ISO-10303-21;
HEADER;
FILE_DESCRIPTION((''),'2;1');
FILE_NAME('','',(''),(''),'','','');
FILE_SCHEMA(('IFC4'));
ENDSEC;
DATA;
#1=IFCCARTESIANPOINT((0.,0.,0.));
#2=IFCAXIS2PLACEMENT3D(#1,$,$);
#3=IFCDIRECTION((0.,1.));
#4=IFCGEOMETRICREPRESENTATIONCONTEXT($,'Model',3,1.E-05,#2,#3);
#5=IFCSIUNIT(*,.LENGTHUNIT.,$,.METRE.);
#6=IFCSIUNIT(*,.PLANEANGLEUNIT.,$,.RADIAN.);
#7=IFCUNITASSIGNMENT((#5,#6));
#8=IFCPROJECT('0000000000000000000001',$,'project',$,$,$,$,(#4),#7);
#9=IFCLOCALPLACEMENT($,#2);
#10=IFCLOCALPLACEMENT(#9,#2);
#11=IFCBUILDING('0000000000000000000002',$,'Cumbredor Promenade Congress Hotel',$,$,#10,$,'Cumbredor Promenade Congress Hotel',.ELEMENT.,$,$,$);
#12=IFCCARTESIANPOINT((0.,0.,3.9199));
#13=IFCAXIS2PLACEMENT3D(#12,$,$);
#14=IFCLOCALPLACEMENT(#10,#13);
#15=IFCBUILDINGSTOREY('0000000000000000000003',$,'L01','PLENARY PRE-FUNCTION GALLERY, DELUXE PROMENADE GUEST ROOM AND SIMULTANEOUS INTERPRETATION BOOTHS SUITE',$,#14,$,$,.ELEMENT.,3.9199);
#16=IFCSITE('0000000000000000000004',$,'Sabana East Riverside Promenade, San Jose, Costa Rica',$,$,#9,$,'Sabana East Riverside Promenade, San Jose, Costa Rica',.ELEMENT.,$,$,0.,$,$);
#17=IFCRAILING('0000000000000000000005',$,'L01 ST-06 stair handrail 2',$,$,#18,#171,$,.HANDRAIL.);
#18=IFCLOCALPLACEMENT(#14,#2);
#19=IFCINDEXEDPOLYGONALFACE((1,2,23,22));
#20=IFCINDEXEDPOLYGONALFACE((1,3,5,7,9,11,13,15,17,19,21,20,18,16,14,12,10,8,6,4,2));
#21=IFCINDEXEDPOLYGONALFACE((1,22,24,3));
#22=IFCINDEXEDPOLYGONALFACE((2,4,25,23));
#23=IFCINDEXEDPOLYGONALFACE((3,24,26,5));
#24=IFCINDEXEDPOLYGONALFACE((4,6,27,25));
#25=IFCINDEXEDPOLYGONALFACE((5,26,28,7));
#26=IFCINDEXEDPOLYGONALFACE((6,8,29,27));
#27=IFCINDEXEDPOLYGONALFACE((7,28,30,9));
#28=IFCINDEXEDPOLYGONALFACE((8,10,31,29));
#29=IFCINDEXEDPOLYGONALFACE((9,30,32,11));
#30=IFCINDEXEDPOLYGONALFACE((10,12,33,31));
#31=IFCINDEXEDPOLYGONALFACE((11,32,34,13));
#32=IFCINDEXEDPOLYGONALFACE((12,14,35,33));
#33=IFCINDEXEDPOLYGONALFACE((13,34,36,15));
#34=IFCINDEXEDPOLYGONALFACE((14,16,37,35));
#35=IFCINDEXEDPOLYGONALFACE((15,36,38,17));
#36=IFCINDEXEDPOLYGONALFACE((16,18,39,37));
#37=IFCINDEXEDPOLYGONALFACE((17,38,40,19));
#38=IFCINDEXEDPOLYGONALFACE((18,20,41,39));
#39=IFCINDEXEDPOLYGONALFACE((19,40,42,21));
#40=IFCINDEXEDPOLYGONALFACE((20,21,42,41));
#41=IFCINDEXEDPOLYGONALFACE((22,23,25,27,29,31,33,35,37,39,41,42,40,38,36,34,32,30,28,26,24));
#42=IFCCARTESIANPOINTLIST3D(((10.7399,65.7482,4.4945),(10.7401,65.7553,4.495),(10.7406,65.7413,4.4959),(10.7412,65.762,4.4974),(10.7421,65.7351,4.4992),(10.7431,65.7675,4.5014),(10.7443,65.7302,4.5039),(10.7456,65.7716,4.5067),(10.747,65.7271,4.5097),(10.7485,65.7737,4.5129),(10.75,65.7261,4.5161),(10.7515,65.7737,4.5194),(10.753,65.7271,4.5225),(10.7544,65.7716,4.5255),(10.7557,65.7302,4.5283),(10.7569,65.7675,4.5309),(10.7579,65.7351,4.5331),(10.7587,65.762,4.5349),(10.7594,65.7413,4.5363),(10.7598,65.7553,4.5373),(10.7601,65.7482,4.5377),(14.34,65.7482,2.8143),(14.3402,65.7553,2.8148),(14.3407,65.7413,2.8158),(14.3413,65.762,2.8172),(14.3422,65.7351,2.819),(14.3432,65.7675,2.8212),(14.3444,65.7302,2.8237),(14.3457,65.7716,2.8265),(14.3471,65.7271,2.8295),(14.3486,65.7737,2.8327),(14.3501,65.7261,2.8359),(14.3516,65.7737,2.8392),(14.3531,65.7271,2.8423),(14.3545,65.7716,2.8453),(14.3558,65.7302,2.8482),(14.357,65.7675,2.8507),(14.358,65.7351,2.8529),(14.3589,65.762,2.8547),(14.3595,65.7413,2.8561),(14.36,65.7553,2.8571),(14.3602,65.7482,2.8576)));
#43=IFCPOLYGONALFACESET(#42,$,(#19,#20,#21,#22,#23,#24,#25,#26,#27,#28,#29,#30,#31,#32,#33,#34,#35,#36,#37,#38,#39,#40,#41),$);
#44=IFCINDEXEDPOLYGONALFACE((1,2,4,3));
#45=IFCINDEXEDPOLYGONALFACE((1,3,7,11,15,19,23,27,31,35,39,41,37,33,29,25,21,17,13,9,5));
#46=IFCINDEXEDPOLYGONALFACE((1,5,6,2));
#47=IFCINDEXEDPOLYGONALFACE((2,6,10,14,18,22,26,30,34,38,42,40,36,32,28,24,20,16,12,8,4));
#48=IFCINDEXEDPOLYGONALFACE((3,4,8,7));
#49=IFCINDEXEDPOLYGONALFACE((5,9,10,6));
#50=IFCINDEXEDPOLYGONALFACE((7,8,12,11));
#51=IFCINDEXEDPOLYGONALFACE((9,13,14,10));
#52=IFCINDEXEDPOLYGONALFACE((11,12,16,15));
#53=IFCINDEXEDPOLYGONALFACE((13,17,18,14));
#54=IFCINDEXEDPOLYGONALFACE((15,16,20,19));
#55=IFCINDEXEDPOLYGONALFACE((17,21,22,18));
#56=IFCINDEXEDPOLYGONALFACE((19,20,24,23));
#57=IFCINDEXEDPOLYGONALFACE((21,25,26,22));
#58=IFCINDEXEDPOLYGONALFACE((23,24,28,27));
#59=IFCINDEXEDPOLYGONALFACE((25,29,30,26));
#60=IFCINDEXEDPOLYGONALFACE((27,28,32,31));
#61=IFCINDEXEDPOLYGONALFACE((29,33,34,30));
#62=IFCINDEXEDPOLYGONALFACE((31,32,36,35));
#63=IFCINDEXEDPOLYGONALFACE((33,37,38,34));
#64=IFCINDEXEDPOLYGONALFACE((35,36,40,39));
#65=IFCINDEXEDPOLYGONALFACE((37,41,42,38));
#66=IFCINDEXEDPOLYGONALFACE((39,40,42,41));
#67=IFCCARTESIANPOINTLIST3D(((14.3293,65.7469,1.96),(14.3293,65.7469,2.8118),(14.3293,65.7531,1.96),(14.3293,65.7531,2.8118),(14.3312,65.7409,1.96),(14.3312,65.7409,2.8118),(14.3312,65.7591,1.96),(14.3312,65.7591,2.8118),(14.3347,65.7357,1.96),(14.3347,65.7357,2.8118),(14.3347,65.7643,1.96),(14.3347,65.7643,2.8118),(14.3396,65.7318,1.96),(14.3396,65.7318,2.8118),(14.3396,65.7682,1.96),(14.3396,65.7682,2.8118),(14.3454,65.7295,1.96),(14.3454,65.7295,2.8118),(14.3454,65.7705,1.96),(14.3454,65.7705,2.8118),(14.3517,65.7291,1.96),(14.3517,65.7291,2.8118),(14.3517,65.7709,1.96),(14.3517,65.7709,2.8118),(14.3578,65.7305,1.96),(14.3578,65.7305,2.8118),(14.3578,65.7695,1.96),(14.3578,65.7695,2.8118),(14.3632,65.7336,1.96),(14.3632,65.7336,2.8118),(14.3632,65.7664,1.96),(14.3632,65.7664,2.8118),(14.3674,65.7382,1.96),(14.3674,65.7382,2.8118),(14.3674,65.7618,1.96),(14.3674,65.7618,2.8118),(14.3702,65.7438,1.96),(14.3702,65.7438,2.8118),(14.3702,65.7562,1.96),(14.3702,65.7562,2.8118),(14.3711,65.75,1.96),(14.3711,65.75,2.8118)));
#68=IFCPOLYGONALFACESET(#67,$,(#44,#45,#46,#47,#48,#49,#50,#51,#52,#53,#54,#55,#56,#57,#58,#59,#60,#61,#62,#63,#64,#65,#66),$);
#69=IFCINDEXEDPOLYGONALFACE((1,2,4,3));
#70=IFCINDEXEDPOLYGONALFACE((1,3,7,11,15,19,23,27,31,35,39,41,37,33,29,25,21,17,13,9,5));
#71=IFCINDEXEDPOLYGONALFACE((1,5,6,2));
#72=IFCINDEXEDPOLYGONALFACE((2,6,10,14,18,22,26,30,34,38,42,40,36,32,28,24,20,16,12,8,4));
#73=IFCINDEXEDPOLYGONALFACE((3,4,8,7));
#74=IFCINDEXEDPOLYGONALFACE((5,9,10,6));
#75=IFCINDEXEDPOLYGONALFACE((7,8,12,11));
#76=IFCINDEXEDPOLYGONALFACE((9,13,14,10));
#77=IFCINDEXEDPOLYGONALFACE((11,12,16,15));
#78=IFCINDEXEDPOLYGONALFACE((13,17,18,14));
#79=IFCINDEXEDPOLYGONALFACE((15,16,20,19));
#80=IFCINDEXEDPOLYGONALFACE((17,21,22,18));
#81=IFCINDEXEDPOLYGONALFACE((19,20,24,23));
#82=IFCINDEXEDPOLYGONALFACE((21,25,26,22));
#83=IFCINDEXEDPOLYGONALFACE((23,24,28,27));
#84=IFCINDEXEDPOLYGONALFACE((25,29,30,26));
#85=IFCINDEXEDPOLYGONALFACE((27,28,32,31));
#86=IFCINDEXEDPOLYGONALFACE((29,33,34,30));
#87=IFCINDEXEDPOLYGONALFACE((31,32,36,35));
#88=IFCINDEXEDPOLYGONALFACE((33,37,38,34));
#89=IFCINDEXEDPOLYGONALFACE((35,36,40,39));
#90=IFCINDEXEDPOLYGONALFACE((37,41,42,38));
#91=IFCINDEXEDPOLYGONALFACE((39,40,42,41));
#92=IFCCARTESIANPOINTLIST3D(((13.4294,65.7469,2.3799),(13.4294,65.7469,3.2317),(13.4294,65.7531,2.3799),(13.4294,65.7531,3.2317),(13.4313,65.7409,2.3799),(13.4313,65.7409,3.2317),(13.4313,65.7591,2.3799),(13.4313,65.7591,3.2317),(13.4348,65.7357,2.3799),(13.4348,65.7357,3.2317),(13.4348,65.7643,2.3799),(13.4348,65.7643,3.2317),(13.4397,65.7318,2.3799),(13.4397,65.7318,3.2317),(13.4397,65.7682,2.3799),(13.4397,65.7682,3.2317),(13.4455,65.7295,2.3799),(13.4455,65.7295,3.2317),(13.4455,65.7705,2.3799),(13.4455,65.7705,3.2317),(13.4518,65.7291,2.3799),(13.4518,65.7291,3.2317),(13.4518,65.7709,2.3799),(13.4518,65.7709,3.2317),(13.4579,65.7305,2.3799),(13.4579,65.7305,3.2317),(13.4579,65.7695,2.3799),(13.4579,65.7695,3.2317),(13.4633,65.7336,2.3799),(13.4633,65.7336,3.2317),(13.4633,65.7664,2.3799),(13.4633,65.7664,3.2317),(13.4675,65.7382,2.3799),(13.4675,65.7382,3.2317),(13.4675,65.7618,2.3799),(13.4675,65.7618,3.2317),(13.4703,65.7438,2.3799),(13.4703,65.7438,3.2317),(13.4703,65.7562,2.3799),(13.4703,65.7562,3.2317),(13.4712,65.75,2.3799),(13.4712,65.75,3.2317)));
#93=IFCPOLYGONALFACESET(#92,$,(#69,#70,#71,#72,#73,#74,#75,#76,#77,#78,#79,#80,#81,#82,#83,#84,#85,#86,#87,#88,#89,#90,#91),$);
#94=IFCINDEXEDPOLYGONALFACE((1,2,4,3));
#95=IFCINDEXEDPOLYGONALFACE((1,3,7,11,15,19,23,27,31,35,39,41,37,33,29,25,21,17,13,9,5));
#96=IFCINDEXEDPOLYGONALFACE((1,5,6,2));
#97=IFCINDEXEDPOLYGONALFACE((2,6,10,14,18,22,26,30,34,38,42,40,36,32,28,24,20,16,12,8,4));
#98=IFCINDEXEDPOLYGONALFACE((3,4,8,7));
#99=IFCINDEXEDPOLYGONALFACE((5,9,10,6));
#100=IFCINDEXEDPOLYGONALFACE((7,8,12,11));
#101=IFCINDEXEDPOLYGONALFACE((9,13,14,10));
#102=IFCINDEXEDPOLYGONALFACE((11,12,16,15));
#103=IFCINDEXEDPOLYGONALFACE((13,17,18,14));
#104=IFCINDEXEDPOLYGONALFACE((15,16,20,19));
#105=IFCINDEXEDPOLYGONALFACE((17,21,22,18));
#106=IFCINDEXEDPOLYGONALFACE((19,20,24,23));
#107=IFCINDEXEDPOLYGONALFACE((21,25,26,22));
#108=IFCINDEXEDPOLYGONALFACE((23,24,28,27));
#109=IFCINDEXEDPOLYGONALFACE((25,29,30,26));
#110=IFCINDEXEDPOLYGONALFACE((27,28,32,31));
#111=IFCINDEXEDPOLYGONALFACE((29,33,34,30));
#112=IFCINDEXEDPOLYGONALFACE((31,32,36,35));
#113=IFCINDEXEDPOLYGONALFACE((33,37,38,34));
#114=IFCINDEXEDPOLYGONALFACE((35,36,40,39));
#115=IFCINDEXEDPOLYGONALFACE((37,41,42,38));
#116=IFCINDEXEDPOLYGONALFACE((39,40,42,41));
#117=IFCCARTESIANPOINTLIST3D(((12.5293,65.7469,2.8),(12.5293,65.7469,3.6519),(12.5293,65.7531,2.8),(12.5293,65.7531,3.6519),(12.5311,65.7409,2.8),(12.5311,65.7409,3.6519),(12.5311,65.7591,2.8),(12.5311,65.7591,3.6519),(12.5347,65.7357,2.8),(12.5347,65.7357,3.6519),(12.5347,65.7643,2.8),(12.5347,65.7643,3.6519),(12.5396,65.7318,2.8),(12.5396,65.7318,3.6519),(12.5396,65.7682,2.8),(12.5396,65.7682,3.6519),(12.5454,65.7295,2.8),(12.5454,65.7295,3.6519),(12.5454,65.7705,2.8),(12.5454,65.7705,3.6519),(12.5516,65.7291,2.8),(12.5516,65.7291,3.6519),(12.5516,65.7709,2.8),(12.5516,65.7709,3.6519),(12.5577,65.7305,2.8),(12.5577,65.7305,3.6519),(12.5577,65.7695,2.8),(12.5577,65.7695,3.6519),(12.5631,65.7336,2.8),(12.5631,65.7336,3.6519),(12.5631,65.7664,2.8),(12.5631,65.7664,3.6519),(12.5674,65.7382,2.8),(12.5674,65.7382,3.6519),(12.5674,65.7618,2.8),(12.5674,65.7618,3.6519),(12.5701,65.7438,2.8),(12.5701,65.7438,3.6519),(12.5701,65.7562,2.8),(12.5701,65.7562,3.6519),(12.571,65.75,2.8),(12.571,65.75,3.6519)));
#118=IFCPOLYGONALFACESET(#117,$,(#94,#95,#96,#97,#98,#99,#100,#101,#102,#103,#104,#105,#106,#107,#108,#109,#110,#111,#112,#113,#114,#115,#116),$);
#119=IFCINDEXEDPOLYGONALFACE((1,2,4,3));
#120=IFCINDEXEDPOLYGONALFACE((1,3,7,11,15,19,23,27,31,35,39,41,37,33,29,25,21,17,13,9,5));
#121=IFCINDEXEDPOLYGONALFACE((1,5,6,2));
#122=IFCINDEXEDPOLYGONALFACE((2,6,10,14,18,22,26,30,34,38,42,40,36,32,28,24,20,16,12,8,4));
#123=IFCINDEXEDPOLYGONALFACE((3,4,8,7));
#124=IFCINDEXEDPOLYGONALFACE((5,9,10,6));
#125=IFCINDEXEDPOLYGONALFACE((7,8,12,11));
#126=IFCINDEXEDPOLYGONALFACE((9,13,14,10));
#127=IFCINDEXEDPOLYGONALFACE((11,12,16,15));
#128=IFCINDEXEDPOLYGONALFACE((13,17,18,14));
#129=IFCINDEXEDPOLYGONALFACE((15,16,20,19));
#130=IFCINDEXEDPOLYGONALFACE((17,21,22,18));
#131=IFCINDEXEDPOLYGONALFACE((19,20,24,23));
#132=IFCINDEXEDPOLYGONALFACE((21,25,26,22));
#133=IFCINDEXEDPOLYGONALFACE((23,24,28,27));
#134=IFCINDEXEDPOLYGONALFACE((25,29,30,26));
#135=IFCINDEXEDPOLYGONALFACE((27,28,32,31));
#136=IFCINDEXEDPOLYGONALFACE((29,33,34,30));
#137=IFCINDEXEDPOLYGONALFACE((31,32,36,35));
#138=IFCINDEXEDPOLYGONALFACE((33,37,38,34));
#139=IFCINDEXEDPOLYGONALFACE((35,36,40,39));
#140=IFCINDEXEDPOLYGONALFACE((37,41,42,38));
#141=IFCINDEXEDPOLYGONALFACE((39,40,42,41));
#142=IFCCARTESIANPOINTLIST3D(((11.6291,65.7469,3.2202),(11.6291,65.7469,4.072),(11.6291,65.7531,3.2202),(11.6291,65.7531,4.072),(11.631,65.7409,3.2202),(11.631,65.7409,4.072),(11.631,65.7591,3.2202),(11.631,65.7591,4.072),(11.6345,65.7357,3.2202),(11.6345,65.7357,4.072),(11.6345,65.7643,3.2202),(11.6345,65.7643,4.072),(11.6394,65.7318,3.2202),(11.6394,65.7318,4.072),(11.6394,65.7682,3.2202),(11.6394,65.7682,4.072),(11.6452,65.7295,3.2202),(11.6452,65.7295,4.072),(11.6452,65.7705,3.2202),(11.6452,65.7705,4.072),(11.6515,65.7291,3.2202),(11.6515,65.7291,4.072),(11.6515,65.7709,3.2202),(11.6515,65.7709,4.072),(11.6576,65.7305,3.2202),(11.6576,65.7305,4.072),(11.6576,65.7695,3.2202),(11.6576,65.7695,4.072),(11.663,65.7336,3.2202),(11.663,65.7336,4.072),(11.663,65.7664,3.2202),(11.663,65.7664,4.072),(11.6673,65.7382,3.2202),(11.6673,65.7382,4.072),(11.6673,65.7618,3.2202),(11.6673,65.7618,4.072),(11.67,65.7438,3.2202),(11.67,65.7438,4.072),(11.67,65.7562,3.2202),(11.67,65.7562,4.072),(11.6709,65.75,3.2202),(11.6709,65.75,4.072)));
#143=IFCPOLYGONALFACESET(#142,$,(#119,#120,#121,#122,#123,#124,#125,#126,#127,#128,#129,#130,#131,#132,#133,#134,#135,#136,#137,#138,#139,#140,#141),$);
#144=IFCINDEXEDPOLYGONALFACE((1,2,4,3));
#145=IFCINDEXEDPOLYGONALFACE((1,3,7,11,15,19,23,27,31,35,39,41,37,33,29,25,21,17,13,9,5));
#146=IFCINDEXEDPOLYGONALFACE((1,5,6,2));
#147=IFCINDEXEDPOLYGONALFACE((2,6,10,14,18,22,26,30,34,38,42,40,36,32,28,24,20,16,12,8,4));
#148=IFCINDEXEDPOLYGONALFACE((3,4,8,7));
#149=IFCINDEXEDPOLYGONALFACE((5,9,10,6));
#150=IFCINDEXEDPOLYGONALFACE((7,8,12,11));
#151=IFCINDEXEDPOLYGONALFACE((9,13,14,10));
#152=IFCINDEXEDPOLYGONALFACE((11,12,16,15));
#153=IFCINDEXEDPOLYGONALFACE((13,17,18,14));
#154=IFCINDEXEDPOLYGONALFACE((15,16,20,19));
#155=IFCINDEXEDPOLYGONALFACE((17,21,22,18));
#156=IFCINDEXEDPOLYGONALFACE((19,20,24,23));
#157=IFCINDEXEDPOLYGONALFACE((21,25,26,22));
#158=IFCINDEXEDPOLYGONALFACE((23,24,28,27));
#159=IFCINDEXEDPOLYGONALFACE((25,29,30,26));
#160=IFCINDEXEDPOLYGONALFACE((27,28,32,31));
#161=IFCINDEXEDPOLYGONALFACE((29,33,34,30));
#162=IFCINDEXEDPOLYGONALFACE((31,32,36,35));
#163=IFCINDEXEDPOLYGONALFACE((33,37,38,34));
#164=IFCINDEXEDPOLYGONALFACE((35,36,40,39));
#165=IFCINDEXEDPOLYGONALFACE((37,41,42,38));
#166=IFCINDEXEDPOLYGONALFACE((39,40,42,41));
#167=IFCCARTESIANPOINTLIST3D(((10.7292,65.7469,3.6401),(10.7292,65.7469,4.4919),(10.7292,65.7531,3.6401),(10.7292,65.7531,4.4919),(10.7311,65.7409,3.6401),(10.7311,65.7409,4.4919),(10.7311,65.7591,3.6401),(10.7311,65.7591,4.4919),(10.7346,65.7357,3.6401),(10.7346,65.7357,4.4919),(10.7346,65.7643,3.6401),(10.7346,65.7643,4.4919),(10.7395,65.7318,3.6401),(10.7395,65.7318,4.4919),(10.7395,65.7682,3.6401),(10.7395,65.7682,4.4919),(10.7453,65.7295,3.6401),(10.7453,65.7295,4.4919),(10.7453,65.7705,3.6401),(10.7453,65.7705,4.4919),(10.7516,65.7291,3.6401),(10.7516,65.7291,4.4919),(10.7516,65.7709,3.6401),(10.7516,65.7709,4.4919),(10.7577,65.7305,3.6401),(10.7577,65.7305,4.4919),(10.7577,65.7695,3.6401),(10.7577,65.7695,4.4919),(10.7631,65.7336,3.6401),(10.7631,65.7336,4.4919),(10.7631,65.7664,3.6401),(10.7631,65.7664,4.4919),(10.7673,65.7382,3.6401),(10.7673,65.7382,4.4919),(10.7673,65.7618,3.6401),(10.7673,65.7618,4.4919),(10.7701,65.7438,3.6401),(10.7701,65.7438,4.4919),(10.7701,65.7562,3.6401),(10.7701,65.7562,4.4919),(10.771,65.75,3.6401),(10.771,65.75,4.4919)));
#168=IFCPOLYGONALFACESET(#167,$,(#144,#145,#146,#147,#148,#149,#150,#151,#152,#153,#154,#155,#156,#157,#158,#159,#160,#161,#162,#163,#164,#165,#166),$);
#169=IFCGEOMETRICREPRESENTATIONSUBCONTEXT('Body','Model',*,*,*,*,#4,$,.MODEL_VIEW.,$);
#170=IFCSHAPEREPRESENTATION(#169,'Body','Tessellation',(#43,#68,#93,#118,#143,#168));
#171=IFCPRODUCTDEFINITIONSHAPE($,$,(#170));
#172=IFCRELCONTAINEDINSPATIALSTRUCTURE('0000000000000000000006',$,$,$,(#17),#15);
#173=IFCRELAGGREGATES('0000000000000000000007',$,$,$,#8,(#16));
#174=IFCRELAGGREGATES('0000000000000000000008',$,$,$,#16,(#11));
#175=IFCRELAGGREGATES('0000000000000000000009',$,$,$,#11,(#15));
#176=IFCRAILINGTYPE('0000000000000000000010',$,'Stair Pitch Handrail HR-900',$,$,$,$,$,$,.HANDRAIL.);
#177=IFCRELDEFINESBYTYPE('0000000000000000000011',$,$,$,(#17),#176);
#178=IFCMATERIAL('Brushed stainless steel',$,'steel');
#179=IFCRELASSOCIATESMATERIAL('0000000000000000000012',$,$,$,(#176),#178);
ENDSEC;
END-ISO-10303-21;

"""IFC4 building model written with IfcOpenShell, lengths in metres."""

from ifc_helpers import new_model, si_unit, direction, frame, origin, origin_2d, place, context, subcontext, project, spatial, circle, extrude, material, type_object, element, save


model = new_model("IFC4")

# Units and contexts
model_context = context("Model", 3, precision=1e-05, world=origin(), true_north=direction((0.0, 1.0)))
body_context = subcontext(model_context, "Body", "Model", "MODEL_VIEW")
ifc_project = project(units=[si_unit("LENGTHUNIT", "METRE"), si_unit("PLANEANGLEUNIT", "RADIAN")], contexts=[model_context])

# Site, building, storey
site_placement = place(None, origin())
site = spatial("IfcSite", under=ifc_project, at=site_placement, Name="Sabana East Riverside Promenade, San Jose, Costa Rica", LongName="Sabana East Riverside Promenade, San Jose, Costa Rica", CompositionType="ELEMENT", RefElevation=0.0)
building_placement = place(site_placement, origin())
building = spatial("IfcBuilding", under=site, at=building_placement, Name="Cumbredor Promenade Congress Hotel", LongName="Cumbredor Promenade Congress Hotel", CompositionType="ELEMENT")
storey_placement = place(building_placement, frame((0.0, 0.0, 3.9199)))
storey = spatial("IfcBuildingStorey", under=building, at=storey_placement, Name="L01", Description="PLENARY PRE-FUNCTION GALLERY, DELUXE PROMENADE GUEST ROOM AND SIMULTANEOUS INTERPRETATION BOOTHS SUITE", CompositionType="ELEMENT", Elevation=3.9199)

# Railing
ifc_material_1 = material(Name="Brushed stainless steel", Category="steel")
railing_type_1 = type_object("IfcRailingType", Name="Stair Pitch Handrail HR-900", PredefinedType="HANDRAIL", material=ifc_material_1)
railing_1_placement = place(storey_placement, frame((14.3501, 65.75, 1.96)))
element("IfcRailing", 1, at=railing_1_placement, inside=storey, type_object=railing_type_1, Name="L01 ST-06 stair handrail 2", PredefinedType="HANDRAIL", context=body_context, shape_type="SweptSolid", body=[
    extrude(circle(Radius=0.0239, at=origin_2d()), frame((0.0, 0.0, 0.876), z_axis=(-0.906171, 0.0, 0.422912), x_axis=(0.0, -1.0, 0.0)), (0.0, 0.0, 1.0), 3.9729),
    extrude(circle(Radius=0.021, at=origin_2d()), origin(), (0.0, 0.0, 1.0), 0.8518),
    extrude(circle(Radius=0.021, at=origin_2d()), frame((-0.8999, 0.0, 0.4199)), (0.0, 0.0, 1.0), 0.8518),
    extrude(circle(Radius=0.021, at=origin_2d()), frame((-1.8, 0.0, 0.8401)), (0.0, 0.0, 1.0), 0.8518),
    extrude(circle(Radius=0.021, at=origin_2d()), frame((-2.7002, 0.0, 1.2603)), (0.0, 0.0, 1.0), 0.8518),
    extrude(circle(Radius=0.021, at=origin_2d()), frame((-3.6001, 0.0, 1.6802)), (0.0, 0.0, 1.0), 0.8518),
])

save(model, "model.ifc")
